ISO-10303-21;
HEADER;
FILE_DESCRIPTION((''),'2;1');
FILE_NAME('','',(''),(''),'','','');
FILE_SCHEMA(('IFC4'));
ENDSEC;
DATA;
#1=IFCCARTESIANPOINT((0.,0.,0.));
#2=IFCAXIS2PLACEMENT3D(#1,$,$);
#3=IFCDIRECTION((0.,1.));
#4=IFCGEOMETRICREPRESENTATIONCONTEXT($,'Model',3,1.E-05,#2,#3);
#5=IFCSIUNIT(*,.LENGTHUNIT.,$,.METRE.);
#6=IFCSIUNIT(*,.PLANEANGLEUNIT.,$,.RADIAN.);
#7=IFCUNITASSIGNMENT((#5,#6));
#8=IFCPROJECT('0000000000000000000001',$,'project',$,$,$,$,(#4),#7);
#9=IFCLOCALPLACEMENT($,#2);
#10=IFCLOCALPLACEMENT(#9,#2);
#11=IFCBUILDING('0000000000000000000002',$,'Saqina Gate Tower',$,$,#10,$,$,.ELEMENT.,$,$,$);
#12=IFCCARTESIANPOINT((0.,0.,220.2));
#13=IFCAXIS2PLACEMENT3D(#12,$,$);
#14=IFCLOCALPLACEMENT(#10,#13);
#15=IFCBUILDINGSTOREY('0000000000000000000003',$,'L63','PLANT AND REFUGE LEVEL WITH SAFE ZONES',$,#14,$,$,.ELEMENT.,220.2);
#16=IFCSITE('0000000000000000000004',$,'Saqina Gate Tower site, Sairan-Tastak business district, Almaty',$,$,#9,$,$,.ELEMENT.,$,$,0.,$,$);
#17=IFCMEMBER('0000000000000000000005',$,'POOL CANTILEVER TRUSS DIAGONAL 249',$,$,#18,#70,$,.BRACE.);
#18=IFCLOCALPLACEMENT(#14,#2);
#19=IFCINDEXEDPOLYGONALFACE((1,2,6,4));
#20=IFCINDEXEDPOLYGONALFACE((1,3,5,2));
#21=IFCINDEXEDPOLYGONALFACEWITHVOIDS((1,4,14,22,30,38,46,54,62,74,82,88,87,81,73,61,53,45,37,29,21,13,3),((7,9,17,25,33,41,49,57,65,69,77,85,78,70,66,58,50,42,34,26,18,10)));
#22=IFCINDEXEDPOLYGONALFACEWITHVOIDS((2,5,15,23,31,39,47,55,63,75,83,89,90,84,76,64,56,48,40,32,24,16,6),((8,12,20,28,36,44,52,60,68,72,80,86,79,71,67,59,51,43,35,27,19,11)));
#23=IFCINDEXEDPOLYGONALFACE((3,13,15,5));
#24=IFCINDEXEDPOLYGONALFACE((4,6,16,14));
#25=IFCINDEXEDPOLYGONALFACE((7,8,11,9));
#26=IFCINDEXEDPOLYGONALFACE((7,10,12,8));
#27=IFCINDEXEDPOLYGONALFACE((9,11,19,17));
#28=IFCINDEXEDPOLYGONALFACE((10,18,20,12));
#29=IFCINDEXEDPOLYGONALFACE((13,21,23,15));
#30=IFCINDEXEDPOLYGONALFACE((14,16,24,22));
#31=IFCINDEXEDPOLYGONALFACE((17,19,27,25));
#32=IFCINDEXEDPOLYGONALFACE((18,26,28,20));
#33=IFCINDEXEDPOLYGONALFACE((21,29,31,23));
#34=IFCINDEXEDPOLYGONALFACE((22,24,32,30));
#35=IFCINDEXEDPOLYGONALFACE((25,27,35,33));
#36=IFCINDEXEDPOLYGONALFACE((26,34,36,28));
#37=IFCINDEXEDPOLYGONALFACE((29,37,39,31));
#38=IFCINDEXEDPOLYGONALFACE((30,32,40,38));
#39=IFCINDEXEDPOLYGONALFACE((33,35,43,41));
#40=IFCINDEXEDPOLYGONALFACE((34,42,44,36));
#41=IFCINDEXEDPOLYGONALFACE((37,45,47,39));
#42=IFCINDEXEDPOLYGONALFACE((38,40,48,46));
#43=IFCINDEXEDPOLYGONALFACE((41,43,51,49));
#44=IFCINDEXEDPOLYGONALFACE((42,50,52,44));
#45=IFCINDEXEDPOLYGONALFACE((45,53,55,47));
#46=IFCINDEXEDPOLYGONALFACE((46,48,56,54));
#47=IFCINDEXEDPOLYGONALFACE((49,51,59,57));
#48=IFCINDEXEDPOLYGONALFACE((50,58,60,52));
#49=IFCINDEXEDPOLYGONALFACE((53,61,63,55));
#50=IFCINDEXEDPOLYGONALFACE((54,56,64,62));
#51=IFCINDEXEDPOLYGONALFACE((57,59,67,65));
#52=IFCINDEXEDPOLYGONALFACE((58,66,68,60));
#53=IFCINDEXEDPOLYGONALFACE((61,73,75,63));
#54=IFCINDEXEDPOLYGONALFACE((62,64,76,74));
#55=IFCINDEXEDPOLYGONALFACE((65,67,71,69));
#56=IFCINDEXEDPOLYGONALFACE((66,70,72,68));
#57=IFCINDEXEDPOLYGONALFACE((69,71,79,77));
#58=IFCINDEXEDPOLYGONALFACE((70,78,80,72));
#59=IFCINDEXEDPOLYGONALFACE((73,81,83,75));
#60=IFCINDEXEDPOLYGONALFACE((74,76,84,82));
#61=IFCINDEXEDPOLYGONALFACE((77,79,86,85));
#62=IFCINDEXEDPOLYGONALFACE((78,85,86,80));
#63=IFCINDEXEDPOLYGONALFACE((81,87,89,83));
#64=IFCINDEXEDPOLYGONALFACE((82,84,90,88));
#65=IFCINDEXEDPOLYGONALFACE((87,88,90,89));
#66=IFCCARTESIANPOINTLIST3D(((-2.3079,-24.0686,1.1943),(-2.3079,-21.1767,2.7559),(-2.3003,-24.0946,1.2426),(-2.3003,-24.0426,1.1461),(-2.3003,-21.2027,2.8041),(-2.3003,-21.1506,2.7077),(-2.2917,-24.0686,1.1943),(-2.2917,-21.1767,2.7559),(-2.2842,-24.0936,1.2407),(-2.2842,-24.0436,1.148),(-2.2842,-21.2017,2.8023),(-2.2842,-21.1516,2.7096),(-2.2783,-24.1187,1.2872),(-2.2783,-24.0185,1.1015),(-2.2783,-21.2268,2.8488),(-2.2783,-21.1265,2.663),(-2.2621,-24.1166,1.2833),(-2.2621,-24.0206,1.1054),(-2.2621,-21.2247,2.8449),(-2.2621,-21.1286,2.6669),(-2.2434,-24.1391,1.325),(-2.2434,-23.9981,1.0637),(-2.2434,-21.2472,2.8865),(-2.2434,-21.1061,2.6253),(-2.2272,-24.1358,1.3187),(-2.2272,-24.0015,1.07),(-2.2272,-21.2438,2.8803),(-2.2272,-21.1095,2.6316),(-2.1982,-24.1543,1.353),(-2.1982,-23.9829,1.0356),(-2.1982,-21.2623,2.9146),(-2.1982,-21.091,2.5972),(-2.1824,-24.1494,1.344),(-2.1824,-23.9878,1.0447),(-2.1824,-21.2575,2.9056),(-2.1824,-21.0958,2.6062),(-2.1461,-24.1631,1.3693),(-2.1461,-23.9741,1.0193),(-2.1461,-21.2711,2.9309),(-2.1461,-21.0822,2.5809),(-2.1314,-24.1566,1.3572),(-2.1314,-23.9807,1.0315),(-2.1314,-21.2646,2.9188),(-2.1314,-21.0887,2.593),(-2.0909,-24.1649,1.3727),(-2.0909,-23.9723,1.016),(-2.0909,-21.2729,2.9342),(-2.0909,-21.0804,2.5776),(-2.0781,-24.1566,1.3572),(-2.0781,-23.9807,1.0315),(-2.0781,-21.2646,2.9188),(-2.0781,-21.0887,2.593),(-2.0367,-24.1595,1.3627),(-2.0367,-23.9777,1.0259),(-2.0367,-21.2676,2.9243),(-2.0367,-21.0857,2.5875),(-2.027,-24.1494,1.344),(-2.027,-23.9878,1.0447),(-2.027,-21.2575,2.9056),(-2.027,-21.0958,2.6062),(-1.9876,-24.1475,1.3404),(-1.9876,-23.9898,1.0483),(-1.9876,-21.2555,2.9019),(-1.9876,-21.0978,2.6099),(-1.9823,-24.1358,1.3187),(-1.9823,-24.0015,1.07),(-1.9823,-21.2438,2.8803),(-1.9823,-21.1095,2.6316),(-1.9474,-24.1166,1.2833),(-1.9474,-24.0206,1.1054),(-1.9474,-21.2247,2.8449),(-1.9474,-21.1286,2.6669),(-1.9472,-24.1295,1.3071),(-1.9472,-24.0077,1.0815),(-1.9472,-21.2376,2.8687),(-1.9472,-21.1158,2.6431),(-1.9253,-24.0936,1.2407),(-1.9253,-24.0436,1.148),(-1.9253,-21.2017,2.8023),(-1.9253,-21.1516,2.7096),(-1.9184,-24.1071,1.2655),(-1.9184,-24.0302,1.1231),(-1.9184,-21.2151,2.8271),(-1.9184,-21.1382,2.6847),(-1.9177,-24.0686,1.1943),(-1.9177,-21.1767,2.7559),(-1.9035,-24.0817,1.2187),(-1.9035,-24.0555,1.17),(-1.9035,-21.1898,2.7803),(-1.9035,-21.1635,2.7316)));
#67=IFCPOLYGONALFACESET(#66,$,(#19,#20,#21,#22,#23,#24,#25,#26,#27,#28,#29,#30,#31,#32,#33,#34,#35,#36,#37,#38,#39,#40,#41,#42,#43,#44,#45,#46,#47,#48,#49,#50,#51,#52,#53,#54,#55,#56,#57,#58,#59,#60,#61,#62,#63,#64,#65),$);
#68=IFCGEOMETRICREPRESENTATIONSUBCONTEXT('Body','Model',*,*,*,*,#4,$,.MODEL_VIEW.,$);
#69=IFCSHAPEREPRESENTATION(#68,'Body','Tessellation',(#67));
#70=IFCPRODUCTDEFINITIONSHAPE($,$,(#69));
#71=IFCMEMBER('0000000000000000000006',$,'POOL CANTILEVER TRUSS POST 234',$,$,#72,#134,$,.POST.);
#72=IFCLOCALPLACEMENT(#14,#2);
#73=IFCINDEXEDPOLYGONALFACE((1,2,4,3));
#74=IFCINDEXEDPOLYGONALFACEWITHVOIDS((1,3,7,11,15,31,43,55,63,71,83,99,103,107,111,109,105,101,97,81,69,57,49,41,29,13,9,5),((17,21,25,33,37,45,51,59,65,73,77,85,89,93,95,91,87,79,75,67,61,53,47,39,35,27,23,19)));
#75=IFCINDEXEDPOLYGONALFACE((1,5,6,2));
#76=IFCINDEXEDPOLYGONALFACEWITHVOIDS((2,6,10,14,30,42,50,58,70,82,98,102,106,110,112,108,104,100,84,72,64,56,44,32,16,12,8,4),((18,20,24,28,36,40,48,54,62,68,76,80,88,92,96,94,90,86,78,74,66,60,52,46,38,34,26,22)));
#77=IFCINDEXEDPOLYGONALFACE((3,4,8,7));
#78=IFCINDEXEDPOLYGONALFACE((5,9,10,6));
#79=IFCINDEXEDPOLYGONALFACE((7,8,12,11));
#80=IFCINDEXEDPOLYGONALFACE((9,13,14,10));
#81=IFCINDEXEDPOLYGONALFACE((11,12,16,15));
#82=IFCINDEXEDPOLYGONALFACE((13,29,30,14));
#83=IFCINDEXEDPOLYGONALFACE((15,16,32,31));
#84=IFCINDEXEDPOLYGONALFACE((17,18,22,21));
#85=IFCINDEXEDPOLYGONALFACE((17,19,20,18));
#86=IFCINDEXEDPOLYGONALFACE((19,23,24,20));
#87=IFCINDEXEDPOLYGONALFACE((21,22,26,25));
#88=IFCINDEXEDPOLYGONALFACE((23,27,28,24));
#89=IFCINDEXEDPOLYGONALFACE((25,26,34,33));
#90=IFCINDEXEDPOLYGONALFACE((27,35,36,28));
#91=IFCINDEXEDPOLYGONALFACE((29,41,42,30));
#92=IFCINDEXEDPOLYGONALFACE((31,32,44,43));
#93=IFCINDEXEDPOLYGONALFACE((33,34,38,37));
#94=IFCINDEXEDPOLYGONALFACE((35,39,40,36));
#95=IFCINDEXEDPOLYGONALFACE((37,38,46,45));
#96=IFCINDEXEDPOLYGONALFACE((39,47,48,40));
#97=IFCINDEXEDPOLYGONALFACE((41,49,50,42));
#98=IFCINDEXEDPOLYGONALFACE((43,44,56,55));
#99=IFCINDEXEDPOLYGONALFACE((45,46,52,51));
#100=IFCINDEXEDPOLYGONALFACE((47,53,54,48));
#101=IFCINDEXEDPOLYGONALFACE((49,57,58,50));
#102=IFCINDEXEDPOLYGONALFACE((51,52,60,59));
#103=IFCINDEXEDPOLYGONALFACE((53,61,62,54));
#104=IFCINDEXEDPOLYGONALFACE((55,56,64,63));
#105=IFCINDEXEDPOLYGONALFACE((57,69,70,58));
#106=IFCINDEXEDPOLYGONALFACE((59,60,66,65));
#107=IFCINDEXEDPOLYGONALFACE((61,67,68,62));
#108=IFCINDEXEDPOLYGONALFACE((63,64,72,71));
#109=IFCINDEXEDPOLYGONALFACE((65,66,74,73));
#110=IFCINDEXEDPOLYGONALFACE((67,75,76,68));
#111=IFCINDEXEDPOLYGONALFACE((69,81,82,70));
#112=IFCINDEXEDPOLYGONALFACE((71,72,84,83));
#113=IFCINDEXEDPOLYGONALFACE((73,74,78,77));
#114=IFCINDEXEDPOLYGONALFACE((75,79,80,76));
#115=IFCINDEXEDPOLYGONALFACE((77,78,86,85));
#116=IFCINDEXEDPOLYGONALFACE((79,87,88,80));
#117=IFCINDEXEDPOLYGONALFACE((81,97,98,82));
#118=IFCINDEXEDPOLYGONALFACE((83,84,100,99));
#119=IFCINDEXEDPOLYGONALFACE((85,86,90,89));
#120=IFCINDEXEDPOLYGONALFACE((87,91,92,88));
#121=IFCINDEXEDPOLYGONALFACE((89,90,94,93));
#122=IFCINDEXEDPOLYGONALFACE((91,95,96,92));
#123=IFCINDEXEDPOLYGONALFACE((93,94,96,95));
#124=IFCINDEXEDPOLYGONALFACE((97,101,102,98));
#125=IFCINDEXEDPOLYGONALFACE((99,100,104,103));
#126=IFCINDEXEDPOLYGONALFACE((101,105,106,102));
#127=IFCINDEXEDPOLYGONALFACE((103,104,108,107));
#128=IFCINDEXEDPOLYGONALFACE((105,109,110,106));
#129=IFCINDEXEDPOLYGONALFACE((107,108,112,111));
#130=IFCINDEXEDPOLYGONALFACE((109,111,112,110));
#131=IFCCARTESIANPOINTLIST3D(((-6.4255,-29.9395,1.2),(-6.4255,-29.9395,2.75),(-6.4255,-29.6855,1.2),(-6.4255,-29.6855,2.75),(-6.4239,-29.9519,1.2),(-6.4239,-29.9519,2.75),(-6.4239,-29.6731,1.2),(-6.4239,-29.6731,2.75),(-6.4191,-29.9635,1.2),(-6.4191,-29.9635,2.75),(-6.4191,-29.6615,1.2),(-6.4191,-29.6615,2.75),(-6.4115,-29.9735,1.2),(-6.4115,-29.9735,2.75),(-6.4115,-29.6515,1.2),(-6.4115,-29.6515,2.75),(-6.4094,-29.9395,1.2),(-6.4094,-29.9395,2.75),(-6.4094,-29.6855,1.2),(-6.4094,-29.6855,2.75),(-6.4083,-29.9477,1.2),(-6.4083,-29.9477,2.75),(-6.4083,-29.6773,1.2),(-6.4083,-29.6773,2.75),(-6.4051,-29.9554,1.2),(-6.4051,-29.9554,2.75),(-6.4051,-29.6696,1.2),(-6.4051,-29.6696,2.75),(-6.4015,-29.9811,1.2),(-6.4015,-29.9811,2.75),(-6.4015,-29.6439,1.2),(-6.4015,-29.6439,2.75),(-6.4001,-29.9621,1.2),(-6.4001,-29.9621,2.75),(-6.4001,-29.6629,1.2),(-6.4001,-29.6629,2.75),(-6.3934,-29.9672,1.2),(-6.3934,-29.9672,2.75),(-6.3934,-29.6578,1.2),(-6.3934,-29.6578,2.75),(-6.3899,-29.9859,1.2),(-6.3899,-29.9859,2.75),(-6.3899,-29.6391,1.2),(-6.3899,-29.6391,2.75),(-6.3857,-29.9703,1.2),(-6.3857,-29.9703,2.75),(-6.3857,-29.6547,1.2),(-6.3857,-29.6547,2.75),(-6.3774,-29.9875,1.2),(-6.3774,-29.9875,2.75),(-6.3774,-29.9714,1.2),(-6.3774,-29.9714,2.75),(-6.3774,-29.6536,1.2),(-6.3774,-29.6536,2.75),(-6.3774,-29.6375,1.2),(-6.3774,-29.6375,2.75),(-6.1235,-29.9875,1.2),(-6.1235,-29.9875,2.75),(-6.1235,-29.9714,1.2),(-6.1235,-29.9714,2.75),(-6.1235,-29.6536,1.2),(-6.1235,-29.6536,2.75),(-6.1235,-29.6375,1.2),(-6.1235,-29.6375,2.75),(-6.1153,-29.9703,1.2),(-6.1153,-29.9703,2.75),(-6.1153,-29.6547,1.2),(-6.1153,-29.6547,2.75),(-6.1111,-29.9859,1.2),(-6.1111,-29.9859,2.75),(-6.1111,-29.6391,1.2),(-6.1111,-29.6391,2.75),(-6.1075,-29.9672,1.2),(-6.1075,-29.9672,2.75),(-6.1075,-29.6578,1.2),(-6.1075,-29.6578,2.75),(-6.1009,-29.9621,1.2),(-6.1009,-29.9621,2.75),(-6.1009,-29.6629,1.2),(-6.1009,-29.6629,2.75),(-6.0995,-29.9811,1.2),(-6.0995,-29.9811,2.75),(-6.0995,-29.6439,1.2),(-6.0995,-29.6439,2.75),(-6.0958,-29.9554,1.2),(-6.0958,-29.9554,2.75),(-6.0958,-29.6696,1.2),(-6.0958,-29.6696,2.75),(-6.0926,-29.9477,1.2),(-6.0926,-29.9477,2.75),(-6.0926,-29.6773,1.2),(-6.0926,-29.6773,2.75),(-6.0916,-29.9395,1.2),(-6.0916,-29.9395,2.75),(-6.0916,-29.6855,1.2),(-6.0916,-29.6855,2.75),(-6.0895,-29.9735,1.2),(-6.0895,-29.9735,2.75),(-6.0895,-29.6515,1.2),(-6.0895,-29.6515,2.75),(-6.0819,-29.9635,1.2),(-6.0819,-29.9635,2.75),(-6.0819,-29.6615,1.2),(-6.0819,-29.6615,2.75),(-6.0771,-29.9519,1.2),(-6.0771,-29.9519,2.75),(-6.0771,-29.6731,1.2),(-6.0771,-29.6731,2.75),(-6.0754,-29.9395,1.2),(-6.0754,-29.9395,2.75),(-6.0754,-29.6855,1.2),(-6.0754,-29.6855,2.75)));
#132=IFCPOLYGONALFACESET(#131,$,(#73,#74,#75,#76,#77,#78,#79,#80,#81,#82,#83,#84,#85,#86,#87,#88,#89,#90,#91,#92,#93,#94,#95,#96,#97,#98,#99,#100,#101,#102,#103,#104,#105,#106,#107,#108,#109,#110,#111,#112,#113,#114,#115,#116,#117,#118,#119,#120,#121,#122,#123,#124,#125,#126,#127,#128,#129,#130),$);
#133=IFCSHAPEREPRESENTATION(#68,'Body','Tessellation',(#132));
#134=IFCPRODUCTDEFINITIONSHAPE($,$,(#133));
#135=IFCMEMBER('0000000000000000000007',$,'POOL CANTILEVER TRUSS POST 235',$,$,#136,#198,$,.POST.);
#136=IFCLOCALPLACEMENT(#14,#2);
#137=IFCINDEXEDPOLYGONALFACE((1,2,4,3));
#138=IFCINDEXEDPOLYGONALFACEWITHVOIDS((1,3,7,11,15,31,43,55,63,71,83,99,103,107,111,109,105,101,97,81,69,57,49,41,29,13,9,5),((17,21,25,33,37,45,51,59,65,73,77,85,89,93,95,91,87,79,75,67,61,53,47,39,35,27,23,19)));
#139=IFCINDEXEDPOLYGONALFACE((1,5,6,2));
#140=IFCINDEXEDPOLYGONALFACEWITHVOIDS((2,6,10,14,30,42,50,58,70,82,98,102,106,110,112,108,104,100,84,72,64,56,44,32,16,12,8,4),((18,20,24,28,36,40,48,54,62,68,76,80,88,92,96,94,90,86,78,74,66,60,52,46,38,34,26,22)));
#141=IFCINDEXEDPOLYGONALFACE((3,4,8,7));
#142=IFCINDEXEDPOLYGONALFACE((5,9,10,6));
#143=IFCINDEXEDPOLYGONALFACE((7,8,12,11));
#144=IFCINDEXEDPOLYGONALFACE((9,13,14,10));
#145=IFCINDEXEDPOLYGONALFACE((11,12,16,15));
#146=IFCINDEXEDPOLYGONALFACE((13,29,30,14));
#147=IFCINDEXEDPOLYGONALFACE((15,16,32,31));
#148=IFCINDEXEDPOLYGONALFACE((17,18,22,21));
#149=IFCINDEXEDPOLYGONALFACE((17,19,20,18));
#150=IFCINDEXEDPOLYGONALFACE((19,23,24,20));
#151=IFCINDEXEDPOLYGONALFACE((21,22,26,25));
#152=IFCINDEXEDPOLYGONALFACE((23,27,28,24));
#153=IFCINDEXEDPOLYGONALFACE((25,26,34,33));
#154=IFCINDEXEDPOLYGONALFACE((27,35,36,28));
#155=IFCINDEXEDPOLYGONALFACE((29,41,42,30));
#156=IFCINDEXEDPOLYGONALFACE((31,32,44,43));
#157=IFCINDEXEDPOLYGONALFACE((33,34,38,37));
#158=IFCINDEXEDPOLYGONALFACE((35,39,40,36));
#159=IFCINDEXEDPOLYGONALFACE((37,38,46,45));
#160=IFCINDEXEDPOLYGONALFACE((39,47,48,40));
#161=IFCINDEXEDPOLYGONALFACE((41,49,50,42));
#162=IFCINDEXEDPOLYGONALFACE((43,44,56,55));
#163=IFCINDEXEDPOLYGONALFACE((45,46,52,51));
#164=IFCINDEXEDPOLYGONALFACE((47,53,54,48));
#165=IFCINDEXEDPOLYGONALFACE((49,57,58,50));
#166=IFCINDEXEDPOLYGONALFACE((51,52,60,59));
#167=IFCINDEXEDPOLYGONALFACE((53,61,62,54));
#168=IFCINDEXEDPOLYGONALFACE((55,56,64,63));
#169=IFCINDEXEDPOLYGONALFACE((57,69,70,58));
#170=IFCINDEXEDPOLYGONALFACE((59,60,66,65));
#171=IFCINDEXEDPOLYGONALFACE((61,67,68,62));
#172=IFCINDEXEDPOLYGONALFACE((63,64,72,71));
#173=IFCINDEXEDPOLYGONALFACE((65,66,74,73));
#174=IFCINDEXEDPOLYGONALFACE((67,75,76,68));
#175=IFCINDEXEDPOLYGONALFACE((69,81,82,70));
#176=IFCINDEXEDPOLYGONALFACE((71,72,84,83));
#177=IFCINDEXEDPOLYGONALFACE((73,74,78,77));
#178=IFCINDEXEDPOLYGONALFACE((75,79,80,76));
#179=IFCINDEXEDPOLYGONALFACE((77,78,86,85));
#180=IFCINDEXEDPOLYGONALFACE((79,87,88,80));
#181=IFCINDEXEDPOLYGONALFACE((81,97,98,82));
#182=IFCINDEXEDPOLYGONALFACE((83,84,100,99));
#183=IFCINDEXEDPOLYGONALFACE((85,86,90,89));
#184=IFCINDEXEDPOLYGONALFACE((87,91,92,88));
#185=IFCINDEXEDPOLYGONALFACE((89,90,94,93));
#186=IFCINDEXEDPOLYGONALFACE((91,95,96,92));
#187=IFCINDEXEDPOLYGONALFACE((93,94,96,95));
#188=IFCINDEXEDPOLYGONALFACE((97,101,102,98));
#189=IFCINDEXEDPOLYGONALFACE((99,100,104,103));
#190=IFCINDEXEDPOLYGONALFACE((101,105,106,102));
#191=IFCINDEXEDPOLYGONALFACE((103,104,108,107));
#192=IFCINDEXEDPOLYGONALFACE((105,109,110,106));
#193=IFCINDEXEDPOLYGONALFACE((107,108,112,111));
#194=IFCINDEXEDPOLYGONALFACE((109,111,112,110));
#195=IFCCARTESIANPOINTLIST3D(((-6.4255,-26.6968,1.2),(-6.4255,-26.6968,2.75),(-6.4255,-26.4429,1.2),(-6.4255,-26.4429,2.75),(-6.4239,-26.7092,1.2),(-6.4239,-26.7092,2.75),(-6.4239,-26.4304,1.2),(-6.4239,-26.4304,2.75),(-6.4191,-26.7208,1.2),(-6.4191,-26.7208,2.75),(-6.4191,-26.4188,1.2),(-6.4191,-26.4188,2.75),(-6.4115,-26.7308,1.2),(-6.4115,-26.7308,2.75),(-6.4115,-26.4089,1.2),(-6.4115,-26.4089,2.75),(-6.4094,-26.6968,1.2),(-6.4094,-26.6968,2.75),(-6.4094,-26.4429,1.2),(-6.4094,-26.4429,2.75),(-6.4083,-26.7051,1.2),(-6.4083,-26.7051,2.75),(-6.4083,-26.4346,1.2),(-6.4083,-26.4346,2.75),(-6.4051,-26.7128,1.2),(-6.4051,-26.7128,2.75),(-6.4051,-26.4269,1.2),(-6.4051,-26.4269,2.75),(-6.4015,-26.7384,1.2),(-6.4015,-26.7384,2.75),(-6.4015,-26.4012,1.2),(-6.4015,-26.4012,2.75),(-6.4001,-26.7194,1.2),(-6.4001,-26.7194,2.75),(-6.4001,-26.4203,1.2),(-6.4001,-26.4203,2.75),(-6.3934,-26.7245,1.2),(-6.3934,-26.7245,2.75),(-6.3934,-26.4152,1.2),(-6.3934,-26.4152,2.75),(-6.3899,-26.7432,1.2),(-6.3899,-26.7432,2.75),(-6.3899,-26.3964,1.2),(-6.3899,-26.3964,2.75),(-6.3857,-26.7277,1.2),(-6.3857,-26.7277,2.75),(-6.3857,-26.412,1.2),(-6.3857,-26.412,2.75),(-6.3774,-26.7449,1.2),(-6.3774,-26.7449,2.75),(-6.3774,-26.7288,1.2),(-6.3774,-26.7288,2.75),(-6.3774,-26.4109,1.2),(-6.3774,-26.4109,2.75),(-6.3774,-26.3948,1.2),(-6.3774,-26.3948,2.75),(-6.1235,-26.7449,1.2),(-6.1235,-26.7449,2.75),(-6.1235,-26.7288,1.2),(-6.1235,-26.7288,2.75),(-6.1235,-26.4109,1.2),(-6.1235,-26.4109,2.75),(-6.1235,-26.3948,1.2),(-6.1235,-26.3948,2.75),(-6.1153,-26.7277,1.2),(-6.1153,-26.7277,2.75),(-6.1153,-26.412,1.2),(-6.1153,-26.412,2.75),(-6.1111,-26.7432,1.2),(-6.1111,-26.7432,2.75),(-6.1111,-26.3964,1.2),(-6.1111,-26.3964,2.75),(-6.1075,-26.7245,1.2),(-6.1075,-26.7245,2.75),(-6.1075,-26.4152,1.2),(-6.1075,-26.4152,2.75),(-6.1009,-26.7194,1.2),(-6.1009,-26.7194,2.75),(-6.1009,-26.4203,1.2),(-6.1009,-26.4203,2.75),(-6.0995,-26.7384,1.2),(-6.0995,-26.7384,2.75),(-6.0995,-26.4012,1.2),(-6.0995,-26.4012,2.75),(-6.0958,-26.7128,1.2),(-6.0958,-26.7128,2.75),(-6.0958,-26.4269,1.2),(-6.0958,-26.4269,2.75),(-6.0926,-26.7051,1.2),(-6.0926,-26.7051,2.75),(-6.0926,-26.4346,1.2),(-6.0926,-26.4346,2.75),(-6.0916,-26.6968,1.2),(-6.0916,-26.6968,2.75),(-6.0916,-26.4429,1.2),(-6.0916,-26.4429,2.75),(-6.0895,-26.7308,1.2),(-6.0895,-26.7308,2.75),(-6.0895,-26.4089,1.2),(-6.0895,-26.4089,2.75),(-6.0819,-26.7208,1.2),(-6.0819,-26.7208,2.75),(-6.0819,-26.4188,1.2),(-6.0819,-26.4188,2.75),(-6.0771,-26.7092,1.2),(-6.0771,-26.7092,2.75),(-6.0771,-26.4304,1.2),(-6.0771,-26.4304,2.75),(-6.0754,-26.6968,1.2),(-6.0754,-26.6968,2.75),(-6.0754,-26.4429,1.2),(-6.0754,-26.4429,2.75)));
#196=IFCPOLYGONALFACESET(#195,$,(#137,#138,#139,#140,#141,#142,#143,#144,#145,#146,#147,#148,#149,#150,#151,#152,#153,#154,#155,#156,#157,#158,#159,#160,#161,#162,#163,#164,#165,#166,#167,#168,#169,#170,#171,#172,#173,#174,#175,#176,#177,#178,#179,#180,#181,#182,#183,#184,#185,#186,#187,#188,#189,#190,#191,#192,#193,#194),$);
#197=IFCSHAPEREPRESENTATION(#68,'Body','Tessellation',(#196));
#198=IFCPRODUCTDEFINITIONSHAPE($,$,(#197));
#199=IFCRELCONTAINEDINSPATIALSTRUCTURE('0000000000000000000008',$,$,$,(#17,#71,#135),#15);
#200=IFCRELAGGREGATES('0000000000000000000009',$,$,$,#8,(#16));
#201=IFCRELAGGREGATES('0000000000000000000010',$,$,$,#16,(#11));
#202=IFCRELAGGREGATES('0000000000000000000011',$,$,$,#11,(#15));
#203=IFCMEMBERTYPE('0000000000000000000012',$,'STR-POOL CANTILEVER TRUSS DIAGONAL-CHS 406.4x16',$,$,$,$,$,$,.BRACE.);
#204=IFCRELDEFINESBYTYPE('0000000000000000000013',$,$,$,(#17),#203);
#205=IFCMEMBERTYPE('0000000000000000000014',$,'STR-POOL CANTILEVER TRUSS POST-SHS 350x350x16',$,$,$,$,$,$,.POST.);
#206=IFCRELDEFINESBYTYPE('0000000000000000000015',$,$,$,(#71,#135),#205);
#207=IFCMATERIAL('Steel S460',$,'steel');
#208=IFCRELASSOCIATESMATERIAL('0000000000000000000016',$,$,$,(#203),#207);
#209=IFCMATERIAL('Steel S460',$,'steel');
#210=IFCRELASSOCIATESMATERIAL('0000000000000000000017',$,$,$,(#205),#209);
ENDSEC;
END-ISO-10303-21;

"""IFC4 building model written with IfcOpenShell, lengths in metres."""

from ifc_helpers import new_model, si_unit, direction, frame, origin, origin_2d, place, context, subcontext, project, spatial, hollow_rectangle, hollow_circle, extrude, material, material_profile, profile_set, type_object, element, save


model = new_model("IFC4")

# Units and contexts
model_context = context("Model", 3, precision=1e-05, world=origin(), true_north=direction((0.0, 1.0)))
body_context = subcontext(model_context, "Body", "Model", "MODEL_VIEW")
ifc_project = project(units=[si_unit("LENGTHUNIT", "METRE"), si_unit("PLANEANGLEUNIT", "RADIAN")], contexts=[model_context])

# Site, building, storey
site_placement = place(None, origin())
site = spatial("IfcSite", under=ifc_project, at=site_placement, Name="Saqina Gate Tower site, Sairan-Tastak business district, Almaty", CompositionType="ELEMENT", RefElevation=0.0)
building_placement = place(site_placement, origin())
building = spatial("IfcBuilding", under=site, at=building_placement, Name="Saqina Gate Tower", CompositionType="ELEMENT")
storey_placement = place(building_placement, frame((0.0, 0.0, 220.2)))
storey = spatial("IfcBuildingStorey", under=building, at=storey_placement, Name="L63", Description="PLANT AND REFUGE LEVEL WITH SAFE ZONES", CompositionType="ELEMENT", Elevation=220.2)

# Members
ifc_material_1 = material(Name="Steel S460", Category="steel")
ifc_material_profile_1 = material_profile(ifc_material_1, hollow_circle(Radius=0.2031, WallThickness=0.0161, at=origin_2d()), Name="CHS 406.4x16")
ifc_profile_set_1 = profile_set([ifc_material_profile_1], Name="Steel S460")
member_type_1 = type_object("IfcMemberType", Name="STR-POOL CANTILEVER TRUSS DIAGONAL-CHS 406.4x16", PredefinedType="BRACE", material=ifc_profile_set_1)
member_1_placement = place(storey_placement, frame((-2.1047, -24.0686, 1.1943), z_axis=(0.0, 0.879915, 0.475132), x_axis=(-1.0, 0.0, 0.0)))
element("IfcMember", 1, at=member_1_placement, inside=storey, type_object=member_type_1, Name="POOL CANTILEVER TRUSS DIAGONAL 249", PredefinedType="BRACE", context=body_context, shape_type="SweptSolid", body=[
    extrude(hollow_circle(Radius=0.2031, WallThickness=0.0161, at=origin_2d()), origin(), (0.0, 0.0, 1.0), 3.2866),
])
ifc_material_2 = material(Name="Steel S460", Category="steel")
ifc_material_profile_2 = material_profile(ifc_material_2, hollow_rectangle(XDim=0.3501, YDim=0.3501, WallThickness=0.0161, InnerFilletRadius=0.032, OuterFilletRadius=0.0481, at=origin_2d()), Name="SHS 350x350x16")
ifc_profile_set_2 = profile_set([ifc_material_profile_2], Name="Steel S460")
member_type_2 = type_object("IfcMemberType", Name="STR-POOL CANTILEVER TRUSS POST-SHS 350x350x16", PredefinedType="POST", material=ifc_profile_set_2)
for number, where, z_axis, x_axis, name in (
    (2, (-6.2505, -29.8125, 1.2), (0.0, 0.0, 1.0), (1.0, 0.0, 0.0), "POOL CANTILEVER TRUSS POST 234"),
    (3, (-6.2505, -26.5698, 1.2), (0.0, 0.0, 1.0), (1.0, 0.0, 0.0), "POOL CANTILEVER TRUSS POST 235"),
):
    element("IfcMember", number, at=place(storey_placement, frame(where, z_axis=z_axis, x_axis=x_axis)), inside=storey, type_object=member_type_2, Name=name, PredefinedType="POST", context=body_context, shape_type="SweptSolid", body=[
        extrude(hollow_rectangle(XDim=0.3501, YDim=0.3501, WallThickness=0.0161, InnerFilletRadius=0.032, OuterFilletRadius=0.0481, at=origin_2d()), origin(), (0.0, 0.0, 1.0), 1.55),
    ])

save(model, "model.ifc")
